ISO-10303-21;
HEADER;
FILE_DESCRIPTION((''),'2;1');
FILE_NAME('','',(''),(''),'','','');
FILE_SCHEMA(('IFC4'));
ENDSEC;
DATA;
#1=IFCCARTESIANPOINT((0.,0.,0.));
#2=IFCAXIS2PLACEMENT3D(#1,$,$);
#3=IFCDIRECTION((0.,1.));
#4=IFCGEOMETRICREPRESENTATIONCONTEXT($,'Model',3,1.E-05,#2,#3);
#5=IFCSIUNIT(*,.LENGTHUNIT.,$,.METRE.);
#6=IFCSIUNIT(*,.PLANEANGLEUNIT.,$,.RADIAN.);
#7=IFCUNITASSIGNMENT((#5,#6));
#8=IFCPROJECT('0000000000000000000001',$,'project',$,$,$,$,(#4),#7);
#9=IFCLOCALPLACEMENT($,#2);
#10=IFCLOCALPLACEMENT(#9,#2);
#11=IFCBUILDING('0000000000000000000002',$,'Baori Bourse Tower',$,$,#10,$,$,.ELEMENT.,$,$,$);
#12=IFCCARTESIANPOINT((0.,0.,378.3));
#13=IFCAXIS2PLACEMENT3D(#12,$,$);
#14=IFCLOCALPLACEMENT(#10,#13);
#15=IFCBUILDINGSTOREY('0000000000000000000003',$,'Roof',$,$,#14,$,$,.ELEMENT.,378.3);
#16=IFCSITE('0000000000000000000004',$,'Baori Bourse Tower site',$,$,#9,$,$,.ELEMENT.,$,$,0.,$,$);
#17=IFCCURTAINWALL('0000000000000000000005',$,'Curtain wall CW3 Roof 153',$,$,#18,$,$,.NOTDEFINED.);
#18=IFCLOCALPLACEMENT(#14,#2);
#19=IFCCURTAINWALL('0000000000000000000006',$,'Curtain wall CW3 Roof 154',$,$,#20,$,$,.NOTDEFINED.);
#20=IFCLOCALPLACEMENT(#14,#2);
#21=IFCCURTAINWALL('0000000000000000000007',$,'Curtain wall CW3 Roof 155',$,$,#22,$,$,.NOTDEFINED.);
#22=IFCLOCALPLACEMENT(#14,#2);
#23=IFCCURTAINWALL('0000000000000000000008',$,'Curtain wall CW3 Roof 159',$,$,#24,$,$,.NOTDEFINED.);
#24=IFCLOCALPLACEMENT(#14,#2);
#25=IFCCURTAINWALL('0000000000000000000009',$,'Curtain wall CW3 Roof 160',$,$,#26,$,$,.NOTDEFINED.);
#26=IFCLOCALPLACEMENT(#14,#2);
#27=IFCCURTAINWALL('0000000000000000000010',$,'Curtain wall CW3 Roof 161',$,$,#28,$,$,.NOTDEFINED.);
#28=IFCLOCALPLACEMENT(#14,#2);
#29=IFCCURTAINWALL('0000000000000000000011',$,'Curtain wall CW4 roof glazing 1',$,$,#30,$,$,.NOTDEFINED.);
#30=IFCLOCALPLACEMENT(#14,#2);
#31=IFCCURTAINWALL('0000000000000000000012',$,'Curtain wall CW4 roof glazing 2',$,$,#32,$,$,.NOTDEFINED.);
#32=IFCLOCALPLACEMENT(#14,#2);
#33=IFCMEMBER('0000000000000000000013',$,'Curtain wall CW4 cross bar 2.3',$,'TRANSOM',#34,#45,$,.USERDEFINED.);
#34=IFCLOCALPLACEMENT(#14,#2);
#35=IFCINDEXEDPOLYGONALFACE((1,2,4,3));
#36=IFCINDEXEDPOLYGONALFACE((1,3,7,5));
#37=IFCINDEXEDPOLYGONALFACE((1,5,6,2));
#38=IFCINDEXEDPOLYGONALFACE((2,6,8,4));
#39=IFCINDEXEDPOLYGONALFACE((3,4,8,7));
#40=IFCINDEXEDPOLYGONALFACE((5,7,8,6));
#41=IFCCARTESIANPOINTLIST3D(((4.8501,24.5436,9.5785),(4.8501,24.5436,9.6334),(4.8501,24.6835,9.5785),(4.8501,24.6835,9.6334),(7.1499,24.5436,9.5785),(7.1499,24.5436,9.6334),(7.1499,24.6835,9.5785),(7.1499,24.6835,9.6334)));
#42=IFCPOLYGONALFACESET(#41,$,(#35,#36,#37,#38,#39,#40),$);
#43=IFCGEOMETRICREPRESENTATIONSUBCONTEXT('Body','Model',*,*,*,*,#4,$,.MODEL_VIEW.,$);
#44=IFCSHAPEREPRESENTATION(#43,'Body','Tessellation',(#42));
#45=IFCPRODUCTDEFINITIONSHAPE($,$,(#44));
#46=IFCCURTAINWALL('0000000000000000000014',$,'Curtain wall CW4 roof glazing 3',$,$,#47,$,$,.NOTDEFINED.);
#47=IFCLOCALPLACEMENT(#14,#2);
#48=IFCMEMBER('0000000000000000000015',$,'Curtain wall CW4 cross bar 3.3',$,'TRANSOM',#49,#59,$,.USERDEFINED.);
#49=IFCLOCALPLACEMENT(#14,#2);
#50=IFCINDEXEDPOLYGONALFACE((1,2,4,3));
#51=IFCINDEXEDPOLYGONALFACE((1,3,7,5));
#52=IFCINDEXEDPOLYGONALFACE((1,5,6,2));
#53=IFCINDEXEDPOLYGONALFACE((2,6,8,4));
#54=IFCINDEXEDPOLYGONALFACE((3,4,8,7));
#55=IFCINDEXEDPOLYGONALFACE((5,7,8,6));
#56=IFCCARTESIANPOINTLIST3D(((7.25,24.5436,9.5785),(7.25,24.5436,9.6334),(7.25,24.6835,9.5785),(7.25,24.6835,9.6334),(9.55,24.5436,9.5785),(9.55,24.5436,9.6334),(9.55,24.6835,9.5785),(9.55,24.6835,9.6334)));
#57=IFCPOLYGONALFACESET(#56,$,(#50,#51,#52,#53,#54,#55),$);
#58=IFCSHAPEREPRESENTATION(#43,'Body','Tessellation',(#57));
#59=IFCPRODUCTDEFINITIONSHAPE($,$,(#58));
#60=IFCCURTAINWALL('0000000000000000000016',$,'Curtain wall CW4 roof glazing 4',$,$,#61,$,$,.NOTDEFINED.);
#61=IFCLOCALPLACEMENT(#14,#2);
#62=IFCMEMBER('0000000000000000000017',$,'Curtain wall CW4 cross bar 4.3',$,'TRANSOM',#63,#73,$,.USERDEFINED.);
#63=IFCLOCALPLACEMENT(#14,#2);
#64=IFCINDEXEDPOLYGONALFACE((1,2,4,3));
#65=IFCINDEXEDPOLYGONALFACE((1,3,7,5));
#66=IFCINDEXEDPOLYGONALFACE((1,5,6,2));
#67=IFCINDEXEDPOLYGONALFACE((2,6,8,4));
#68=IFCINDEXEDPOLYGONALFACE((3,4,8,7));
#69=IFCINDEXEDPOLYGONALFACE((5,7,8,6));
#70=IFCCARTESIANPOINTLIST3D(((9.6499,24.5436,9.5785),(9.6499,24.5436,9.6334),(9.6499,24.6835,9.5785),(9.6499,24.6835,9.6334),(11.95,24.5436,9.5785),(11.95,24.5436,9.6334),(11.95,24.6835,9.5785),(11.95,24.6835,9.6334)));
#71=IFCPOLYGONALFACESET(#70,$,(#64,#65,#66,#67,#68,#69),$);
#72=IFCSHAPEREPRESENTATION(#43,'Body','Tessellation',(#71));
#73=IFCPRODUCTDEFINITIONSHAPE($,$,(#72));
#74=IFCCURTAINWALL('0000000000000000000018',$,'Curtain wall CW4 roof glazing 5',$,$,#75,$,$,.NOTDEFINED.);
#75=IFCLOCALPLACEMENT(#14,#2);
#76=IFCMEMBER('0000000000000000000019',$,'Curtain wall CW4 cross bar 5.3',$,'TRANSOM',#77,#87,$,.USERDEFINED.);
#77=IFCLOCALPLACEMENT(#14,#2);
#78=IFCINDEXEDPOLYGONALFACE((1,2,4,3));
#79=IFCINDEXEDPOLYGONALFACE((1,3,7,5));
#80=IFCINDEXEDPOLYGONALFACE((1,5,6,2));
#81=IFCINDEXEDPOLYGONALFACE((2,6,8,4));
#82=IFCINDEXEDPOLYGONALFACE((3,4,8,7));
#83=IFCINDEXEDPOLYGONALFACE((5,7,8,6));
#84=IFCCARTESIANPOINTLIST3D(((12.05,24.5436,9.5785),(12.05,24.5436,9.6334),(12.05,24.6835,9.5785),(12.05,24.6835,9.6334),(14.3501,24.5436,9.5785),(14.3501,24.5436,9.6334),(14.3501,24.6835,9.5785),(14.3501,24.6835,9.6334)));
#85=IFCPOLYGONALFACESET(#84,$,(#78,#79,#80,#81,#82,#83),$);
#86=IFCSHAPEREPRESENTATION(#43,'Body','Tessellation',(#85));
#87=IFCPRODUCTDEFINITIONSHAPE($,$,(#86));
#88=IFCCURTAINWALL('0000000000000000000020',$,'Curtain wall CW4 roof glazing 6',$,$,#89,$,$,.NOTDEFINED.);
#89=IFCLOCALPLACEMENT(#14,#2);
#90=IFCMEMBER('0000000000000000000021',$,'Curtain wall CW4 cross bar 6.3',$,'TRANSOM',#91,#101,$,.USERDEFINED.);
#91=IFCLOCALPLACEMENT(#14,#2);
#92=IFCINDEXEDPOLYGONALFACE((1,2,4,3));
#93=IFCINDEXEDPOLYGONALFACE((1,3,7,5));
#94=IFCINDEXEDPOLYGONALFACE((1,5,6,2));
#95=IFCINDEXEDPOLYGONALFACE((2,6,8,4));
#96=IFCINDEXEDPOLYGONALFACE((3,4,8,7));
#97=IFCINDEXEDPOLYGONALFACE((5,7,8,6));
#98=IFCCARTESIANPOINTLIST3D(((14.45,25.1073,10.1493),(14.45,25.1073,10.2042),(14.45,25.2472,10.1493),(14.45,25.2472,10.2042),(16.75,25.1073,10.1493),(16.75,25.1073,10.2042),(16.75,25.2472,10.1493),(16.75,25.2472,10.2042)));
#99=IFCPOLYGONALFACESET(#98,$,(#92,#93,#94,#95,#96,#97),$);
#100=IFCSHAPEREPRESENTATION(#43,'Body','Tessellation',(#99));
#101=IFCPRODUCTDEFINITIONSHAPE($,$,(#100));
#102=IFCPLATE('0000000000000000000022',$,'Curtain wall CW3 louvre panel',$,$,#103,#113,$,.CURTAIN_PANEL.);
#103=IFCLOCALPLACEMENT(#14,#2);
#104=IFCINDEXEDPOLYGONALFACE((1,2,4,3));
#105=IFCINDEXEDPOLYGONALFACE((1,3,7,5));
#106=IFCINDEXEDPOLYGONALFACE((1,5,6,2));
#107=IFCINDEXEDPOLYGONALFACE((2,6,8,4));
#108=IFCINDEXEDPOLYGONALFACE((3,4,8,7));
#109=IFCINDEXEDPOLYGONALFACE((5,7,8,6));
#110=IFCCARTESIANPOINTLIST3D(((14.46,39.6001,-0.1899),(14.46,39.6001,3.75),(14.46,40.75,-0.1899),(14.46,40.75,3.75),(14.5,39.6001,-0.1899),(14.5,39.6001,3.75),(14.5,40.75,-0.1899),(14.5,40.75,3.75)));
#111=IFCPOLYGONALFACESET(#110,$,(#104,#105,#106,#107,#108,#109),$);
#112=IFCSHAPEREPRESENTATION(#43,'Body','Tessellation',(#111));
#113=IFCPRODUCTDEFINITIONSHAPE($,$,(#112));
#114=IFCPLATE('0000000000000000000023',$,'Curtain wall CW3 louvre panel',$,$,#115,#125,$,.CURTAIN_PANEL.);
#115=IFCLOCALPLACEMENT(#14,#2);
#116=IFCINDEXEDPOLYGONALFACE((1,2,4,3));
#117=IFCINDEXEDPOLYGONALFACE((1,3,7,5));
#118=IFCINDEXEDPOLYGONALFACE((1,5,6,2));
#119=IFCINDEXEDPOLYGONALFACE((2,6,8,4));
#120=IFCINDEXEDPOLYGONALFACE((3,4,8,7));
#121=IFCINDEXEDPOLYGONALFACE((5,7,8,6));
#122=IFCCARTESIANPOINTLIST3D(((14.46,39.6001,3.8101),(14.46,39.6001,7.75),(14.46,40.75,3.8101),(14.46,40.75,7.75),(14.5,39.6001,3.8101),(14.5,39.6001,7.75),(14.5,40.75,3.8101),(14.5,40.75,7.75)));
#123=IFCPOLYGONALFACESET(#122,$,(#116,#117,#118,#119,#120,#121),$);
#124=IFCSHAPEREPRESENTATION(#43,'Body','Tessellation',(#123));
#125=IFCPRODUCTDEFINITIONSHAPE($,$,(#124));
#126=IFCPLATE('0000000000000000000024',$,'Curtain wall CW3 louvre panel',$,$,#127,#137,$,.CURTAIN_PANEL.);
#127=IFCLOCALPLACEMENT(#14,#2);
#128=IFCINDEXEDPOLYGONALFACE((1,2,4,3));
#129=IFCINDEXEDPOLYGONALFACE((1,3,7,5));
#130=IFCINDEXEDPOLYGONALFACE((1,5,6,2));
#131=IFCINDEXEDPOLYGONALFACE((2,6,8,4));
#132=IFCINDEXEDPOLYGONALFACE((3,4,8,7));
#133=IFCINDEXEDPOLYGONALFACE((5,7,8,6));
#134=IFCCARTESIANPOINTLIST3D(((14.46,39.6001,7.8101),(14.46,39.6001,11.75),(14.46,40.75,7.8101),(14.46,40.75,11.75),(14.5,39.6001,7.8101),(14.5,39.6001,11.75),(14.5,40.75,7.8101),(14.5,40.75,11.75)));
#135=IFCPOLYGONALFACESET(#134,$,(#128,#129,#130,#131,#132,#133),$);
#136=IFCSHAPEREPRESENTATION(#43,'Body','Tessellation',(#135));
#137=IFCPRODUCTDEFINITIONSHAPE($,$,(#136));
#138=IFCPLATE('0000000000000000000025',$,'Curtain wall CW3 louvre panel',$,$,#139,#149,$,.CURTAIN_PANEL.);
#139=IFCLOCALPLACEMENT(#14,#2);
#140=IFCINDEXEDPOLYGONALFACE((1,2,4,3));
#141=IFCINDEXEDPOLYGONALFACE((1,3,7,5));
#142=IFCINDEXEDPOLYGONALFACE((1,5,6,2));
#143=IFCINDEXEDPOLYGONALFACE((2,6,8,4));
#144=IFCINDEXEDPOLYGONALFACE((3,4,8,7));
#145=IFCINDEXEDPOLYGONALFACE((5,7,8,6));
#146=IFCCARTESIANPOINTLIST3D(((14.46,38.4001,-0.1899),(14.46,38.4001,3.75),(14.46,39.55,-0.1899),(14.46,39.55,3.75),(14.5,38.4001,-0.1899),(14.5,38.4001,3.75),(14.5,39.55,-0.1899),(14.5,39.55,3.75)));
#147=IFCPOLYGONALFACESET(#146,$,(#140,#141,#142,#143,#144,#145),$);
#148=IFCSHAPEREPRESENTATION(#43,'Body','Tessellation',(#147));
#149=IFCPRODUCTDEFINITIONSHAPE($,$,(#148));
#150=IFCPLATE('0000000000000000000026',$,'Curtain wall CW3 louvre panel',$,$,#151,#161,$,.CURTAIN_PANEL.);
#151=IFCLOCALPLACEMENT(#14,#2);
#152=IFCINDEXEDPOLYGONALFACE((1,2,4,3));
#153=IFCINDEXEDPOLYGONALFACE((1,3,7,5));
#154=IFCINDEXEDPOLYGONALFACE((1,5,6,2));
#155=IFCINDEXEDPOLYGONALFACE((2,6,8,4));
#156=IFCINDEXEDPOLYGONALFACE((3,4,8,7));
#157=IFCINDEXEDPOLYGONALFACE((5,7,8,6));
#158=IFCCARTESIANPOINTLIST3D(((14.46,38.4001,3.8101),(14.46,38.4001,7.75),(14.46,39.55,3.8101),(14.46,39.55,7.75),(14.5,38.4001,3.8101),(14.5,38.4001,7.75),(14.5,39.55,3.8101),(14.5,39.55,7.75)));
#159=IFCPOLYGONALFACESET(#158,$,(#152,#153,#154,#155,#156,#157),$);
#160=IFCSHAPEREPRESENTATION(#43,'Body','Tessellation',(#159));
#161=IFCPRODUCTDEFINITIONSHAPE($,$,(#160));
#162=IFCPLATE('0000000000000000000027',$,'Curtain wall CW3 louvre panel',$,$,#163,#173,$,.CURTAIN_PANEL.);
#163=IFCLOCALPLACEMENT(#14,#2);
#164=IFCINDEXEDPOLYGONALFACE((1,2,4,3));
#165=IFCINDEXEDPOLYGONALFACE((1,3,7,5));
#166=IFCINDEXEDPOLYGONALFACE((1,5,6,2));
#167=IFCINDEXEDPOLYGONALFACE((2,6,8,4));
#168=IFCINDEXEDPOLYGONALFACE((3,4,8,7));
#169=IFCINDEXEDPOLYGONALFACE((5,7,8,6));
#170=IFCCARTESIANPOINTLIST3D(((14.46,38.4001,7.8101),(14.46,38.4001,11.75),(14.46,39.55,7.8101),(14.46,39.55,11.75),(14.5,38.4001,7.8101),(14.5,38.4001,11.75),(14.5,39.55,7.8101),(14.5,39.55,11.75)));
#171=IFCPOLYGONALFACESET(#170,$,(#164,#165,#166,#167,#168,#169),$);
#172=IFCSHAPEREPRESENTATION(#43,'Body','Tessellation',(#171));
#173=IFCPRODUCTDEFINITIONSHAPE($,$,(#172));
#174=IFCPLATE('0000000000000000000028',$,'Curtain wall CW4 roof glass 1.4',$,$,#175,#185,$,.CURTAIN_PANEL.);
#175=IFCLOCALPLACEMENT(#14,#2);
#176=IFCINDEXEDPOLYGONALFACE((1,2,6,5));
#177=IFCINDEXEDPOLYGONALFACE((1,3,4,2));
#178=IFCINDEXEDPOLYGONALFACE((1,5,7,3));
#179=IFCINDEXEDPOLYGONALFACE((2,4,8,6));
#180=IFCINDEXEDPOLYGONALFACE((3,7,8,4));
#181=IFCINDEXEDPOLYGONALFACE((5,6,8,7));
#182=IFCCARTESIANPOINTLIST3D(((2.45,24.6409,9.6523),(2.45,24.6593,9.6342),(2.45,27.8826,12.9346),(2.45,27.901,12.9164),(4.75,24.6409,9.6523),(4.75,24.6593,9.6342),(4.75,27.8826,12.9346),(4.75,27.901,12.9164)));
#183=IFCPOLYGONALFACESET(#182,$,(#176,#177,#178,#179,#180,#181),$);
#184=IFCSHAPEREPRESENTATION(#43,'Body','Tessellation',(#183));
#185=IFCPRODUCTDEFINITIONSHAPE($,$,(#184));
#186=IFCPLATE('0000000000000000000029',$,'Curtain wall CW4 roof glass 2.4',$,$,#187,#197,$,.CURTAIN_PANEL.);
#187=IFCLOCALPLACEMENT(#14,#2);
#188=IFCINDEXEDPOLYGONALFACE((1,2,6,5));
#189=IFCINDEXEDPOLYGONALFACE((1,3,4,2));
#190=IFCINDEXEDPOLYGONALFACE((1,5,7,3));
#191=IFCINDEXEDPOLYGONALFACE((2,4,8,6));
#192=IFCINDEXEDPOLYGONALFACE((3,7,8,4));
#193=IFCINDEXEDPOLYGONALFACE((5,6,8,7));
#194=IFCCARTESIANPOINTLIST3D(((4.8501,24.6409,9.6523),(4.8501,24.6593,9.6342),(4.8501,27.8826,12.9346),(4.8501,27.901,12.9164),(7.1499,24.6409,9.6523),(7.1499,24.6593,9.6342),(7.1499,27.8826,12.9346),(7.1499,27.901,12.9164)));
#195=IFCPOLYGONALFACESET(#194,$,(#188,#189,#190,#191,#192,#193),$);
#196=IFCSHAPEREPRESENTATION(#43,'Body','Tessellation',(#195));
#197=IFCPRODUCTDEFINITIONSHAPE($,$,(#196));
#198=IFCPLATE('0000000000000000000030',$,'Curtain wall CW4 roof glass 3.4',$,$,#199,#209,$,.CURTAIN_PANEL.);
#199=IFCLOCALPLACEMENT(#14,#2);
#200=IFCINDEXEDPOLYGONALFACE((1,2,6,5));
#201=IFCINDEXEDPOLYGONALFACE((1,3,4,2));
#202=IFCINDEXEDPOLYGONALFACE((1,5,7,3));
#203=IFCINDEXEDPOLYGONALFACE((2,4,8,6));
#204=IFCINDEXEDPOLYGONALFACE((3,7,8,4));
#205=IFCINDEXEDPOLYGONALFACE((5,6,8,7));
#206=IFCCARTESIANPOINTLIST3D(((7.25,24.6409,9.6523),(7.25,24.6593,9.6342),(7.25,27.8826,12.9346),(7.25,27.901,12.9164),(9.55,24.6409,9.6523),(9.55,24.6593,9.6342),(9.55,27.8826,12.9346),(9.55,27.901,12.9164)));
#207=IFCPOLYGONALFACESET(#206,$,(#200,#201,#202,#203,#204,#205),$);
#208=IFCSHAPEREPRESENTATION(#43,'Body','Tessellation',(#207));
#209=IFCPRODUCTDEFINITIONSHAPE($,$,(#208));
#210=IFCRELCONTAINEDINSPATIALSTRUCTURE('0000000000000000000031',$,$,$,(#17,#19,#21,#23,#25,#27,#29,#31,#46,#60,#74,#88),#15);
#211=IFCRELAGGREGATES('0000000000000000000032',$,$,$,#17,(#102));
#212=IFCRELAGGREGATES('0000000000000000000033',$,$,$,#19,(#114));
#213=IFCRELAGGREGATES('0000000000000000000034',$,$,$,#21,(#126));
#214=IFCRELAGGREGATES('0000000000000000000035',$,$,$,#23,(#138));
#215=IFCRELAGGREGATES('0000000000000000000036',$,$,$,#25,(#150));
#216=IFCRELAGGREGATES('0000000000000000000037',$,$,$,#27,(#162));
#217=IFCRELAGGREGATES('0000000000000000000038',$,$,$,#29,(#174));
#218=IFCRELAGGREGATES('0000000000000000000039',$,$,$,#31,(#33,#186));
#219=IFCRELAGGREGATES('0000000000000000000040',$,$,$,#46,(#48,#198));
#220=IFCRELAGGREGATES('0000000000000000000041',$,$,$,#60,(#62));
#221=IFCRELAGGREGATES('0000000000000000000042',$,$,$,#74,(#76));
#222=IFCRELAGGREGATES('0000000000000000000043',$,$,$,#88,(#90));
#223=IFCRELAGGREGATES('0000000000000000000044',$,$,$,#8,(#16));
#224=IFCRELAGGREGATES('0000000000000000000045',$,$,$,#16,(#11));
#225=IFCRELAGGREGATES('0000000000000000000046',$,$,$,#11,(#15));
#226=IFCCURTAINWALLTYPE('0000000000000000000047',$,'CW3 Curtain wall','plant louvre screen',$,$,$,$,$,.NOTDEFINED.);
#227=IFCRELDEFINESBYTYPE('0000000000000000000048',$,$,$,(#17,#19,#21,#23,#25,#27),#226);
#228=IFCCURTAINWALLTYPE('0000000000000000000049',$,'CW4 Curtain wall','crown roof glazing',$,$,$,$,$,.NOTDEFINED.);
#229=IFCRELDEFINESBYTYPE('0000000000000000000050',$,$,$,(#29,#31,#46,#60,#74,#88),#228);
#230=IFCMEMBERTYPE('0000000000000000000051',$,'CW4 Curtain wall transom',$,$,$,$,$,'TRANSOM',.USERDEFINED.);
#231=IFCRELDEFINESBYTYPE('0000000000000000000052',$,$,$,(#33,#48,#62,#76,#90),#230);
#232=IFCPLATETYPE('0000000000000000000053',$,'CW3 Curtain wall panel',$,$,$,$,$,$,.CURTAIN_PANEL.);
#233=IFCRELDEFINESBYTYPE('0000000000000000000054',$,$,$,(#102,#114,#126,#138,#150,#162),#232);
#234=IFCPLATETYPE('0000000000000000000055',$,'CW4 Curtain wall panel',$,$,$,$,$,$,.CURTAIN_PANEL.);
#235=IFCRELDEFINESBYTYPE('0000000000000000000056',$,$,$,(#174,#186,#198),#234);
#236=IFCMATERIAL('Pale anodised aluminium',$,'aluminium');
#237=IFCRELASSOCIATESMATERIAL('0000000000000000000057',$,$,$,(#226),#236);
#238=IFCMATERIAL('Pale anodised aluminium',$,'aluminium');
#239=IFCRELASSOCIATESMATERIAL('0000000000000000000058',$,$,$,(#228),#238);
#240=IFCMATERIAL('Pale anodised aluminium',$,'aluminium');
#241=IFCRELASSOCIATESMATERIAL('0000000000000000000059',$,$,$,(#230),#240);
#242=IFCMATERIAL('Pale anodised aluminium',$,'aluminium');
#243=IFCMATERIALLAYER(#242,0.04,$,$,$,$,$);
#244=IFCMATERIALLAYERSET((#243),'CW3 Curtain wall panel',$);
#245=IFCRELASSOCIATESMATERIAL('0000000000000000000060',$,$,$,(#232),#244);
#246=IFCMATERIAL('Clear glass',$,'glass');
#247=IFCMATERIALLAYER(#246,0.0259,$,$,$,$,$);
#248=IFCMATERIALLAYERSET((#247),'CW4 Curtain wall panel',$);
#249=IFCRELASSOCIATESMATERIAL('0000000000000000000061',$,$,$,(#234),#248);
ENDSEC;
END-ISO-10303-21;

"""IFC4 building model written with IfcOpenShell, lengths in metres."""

from ifc_helpers import new_model, si_unit, direction, frame, origin, origin_2d, place, context, subcontext, project, spatial, polyline, rectangle, outline, extrude, material, layer, layer_set, material_profile, profile_set, type_object, element, aggregate, save


model = new_model("IFC4")

# Units and contexts
model_context = context("Model", 3, precision=1e-05, world=origin(), true_north=direction((0.0, 1.0)))
body_context = subcontext(model_context, "Body", "Model", "MODEL_VIEW")
ifc_project = project(units=[si_unit("LENGTHUNIT", "METRE"), si_unit("PLANEANGLEUNIT", "RADIAN")], contexts=[model_context])

# Site, building, storey
site_placement = place(None, origin())
site = spatial("IfcSite", under=ifc_project, at=site_placement, Name="Baori Bourse Tower site", CompositionType="ELEMENT", RefElevation=0.0)
building_placement = place(site_placement, origin())
building = spatial("IfcBuilding", under=site, at=building_placement, Name="Baori Bourse Tower", CompositionType="ELEMENT")
storey_placement = place(building_placement, frame((0.0, 0.0, 378.3)))
storey = spatial("IfcBuildingStorey", under=building, at=storey_placement, Name="Roof", CompositionType="ELEMENT", Elevation=378.3)

# Curtain walls
ifc_material_1 = material(Name="Pale anodised aluminium", Category="aluminium")
curtain_wall_type_1 = type_object("IfcCurtainWallType", Name="CW3 Curtain wall", Description="plant louvre screen", PredefinedType="NOTDEFINED", material=ifc_material_1)
curtain_wall_1_placement = place(storey_placement, origin())
curtain_wall_1 = element("IfcCurtainWall", 1, at=curtain_wall_1_placement, inside=storey, type_object=curtain_wall_type_1, Name="Curtain wall CW3 Roof 153", PredefinedType="NOTDEFINED")
curtain_wall_2_placement = place(storey_placement, origin())
curtain_wall_2 = element("IfcCurtainWall", 2, at=curtain_wall_2_placement, inside=storey, type_object=curtain_wall_type_1, Name="Curtain wall CW3 Roof 154", PredefinedType="NOTDEFINED")
curtain_wall_3_placement = place(storey_placement, origin())
curtain_wall_3 = element("IfcCurtainWall", 3, at=curtain_wall_3_placement, inside=storey, type_object=curtain_wall_type_1, Name="Curtain wall CW3 Roof 155", PredefinedType="NOTDEFINED")
curtain_wall_4_placement = place(storey_placement, origin())
curtain_wall_4 = element("IfcCurtainWall", 4, at=curtain_wall_4_placement, inside=storey, type_object=curtain_wall_type_1, Name="Curtain wall CW3 Roof 159", PredefinedType="NOTDEFINED")
curtain_wall_5_placement = place(storey_placement, origin())
curtain_wall_5 = element("IfcCurtainWall", 5, at=curtain_wall_5_placement, inside=storey, type_object=curtain_wall_type_1, Name="Curtain wall CW3 Roof 160", PredefinedType="NOTDEFINED")
curtain_wall_6_placement = place(storey_placement, origin())
curtain_wall_6 = element("IfcCurtainWall", 6, at=curtain_wall_6_placement, inside=storey, type_object=curtain_wall_type_1, Name="Curtain wall CW3 Roof 161", PredefinedType="NOTDEFINED")

# Curtain walls, members
ifc_material_2 = material(Name="Pale anodised aluminium", Category="aluminium")
curtain_wall_type_2 = type_object("IfcCurtainWallType", Name="CW4 Curtain wall", Description="crown roof glazing", PredefinedType="NOTDEFINED", material=ifc_material_2)
curtain_wall_7_placement = place(storey_placement, origin())
curtain_wall_7 = element("IfcCurtainWall", 7, at=curtain_wall_7_placement, inside=storey, type_object=curtain_wall_type_2, Name="Curtain wall CW4 roof glazing 1", PredefinedType="NOTDEFINED")
ifc_material_3 = material(Name="Pale anodised aluminium", Category="aluminium")
ifc_material_profile_1 = material_profile(ifc_material_3, rectangle(XDim=0.1399, YDim=0.0549, at=origin_2d()), Name="Transom 55x140")
ifc_profile_set_1 = profile_set([ifc_material_profile_1], Name="Pale anodised aluminium")
member_type_1 = type_object("IfcMemberType", Name="CW4 Curtain wall transom", ElementType="TRANSOM", PredefinedType="USERDEFINED", material=ifc_profile_set_1)
curtain_wall_8_placement = place(storey_placement, origin())
curtain_wall_8 = element("IfcCurtainWall", 8, at=curtain_wall_8_placement, inside=storey, type_object=curtain_wall_type_2, Name="Curtain wall CW4 roof glazing 2", PredefinedType="NOTDEFINED")
member_1_placement = place(storey_placement, frame((4.8501, 24.6135, 9.606), z_axis=(1.0, 0.0, 0.0), x_axis=(0.0, 1.0, 0.0)))
member_1 = element("IfcMember", 9, at=member_1_placement, type_object=member_type_1, Name="Curtain wall CW4 cross bar 2.3", ObjectType="TRANSOM", PredefinedType="USERDEFINED", context=body_context, shape_type="SweptSolid", body=[
    extrude(rectangle(XDim=0.1399, YDim=0.0549, at=origin_2d()), origin(), (0.0, 0.0, 1.0), 2.2998),
])
curtain_wall_9_placement = place(storey_placement, origin())
curtain_wall_9 = element("IfcCurtainWall", 10, at=curtain_wall_9_placement, inside=storey, type_object=curtain_wall_type_2, Name="Curtain wall CW4 roof glazing 3", PredefinedType="NOTDEFINED")
member_2_placement = place(storey_placement, frame((7.25, 24.6135, 9.606), z_axis=(1.0, 0.0, 0.0), x_axis=(0.0, 1.0, 0.0)))
member_2 = element("IfcMember", 11, at=member_2_placement, type_object=member_type_1, Name="Curtain wall CW4 cross bar 3.3", ObjectType="TRANSOM", PredefinedType="USERDEFINED", context=body_context, shape_type="SweptSolid", body=[
    extrude(rectangle(XDim=0.1399, YDim=0.0549, at=origin_2d()), origin(), (0.0, 0.0, 1.0), 2.3),
])
curtain_wall_10_placement = place(storey_placement, origin())
curtain_wall_10 = element("IfcCurtainWall", 12, at=curtain_wall_10_placement, inside=storey, type_object=curtain_wall_type_2, Name="Curtain wall CW4 roof glazing 4", PredefinedType="NOTDEFINED")
member_3_placement = place(storey_placement, frame((9.6499, 24.6135, 9.606), z_axis=(1.0, 0.0, 0.0), x_axis=(0.0, 1.0, 0.0)))
member_3 = element("IfcMember", 13, at=member_3_placement, type_object=member_type_1, Name="Curtain wall CW4 cross bar 4.3", ObjectType="TRANSOM", PredefinedType="USERDEFINED", context=body_context, shape_type="SweptSolid", body=[
    extrude(rectangle(XDim=0.1399, YDim=0.0549, at=origin_2d()), origin(), (0.0, 0.0, 1.0), 2.3),
])
curtain_wall_11_placement = place(storey_placement, origin())
curtain_wall_11 = element("IfcCurtainWall", 14, at=curtain_wall_11_placement, inside=storey, type_object=curtain_wall_type_2, Name="Curtain wall CW4 roof glazing 5", PredefinedType="NOTDEFINED")
member_4_placement = place(storey_placement, frame((12.05, 24.6135, 9.606), z_axis=(1.0, 0.0, 0.0), x_axis=(0.0, 1.0, 0.0)))
member_4 = element("IfcMember", 15, at=member_4_placement, type_object=member_type_1, Name="Curtain wall CW4 cross bar 5.3", ObjectType="TRANSOM", PredefinedType="USERDEFINED", context=body_context, shape_type="SweptSolid", body=[
    extrude(rectangle(XDim=0.1399, YDim=0.0549, at=origin_2d()), origin(), (0.0, 0.0, 1.0), 2.3),
])
curtain_wall_12_placement = place(storey_placement, origin())
curtain_wall_12 = element("IfcCurtainWall", 16, at=curtain_wall_12_placement, inside=storey, type_object=curtain_wall_type_2, Name="Curtain wall CW4 roof glazing 6", PredefinedType="NOTDEFINED")
member_5_placement = place(storey_placement, frame((14.45, 25.1772, 10.1768), z_axis=(1.0, 0.0, 0.0), x_axis=(0.0, 1.0, 0.0)))
member_5 = element("IfcMember", 17, at=member_5_placement, type_object=member_type_1, Name="Curtain wall CW4 cross bar 6.3", ObjectType="TRANSOM", PredefinedType="USERDEFINED", context=body_context, shape_type="SweptSolid", body=[
    extrude(rectangle(XDim=0.1399, YDim=0.0549, at=origin_2d()), origin(), (0.0, 0.0, 1.0), 2.3),
])

# Plates
ifc_material_4 = material(Name="Pale anodised aluminium", Category="aluminium")
ifc_layer_1 = layer(ifc_material_4, 0.04)
ifc_layer_set_1 = layer_set([ifc_layer_1], Name="CW3 Curtain wall panel")
plate_type_1 = type_object("IfcPlateType", Name="CW3 Curtain wall panel", PredefinedType="CURTAIN_PANEL", material=ifc_layer_set_1)
plate_1_placement = place(storey_placement, frame((14.48, 40.175, -0.1899), z_axis=(0.0, 0.0, 1.0), x_axis=(0.0, -1.0, 0.0)))
plate_1 = element("IfcPlate", 18, at=plate_1_placement, type_object=plate_type_1, Name="Curtain wall CW3 louvre panel", PredefinedType="CURTAIN_PANEL", context=body_context, shape_type="SweptSolid", body=[
    extrude(rectangle(XDim=1.1499, YDim=0.04, at=origin_2d()), origin(), (0.0, 0.0, 1.0), 3.9399),
])
aggregate(curtain_wall_1, [plate_1])
plate_2_placement = place(storey_placement, frame((14.48, 40.175, 3.8101), z_axis=(0.0, 0.0, 1.0), x_axis=(0.0, -1.0, 0.0)))
plate_2 = element("IfcPlate", 19, at=plate_2_placement, type_object=plate_type_1, Name="Curtain wall CW3 louvre panel", PredefinedType="CURTAIN_PANEL", context=body_context, shape_type="SweptSolid", body=[
    extrude(rectangle(XDim=1.1499, YDim=0.04, at=origin_2d()), origin(), (0.0, 0.0, 1.0), 3.9399),
])
aggregate(curtain_wall_2, [plate_2])
plate_3_placement = place(storey_placement, frame((14.48, 40.175, 7.8101), z_axis=(0.0, 0.0, 1.0), x_axis=(0.0, -1.0, 0.0)))
plate_3 = element("IfcPlate", 20, at=plate_3_placement, type_object=plate_type_1, Name="Curtain wall CW3 louvre panel", PredefinedType="CURTAIN_PANEL", context=body_context, shape_type="SweptSolid", body=[
    extrude(rectangle(XDim=1.1499, YDim=0.04, at=origin_2d()), origin(), (0.0, 0.0, 1.0), 3.9399),
])
aggregate(curtain_wall_3, [plate_3])
plate_4_placement = place(storey_placement, frame((14.48, 38.9751, -0.1899), z_axis=(0.0, 0.0, 1.0), x_axis=(0.0, -1.0, 0.0)))
plate_4 = element("IfcPlate", 21, at=plate_4_placement, type_object=plate_type_1, Name="Curtain wall CW3 louvre panel", PredefinedType="CURTAIN_PANEL", context=body_context, shape_type="SweptSolid", body=[
    extrude(rectangle(XDim=1.1499, YDim=0.04, at=origin_2d()), origin(), (0.0, 0.0, 1.0), 3.9399),
])
aggregate(curtain_wall_4, [plate_4])
plate_5_placement = place(storey_placement, frame((14.48, 38.9751, 3.8101), z_axis=(0.0, 0.0, 1.0), x_axis=(0.0, -1.0, 0.0)))
plate_5 = element("IfcPlate", 22, at=plate_5_placement, type_object=plate_type_1, Name="Curtain wall CW3 louvre panel", PredefinedType="CURTAIN_PANEL", context=body_context, shape_type="SweptSolid", body=[
    extrude(rectangle(XDim=1.1499, YDim=0.04, at=origin_2d()), origin(), (0.0, 0.0, 1.0), 3.9399),
])
aggregate(curtain_wall_5, [plate_5])
plate_6_placement = place(storey_placement, frame((14.48, 38.9751, 7.8101), z_axis=(0.0, 0.0, 1.0), x_axis=(0.0, -1.0, 0.0)))
plate_6 = element("IfcPlate", 23, at=plate_6_placement, type_object=plate_type_1, Name="Curtain wall CW3 louvre panel", PredefinedType="CURTAIN_PANEL", context=body_context, shape_type="SweptSolid", body=[
    extrude(rectangle(XDim=1.1499, YDim=0.04, at=origin_2d()), origin(), (0.0, 0.0, 1.0), 3.9399),
])
aggregate(curtain_wall_6, [plate_6])
ifc_material_5 = material(Name="Clear glass", Category="glass")
ifc_layer_2 = layer(ifc_material_5, 0.0259)
ifc_layer_set_2 = layer_set([ifc_layer_2], Name="CW4 Curtain wall panel")
plate_type_2 = type_object("IfcPlateType", Name="CW4 Curtain wall panel", PredefinedType="CURTAIN_PANEL", material=ifc_layer_set_2)
plate_7_placement = place(storey_placement, frame((2.45, 24.6409, 9.6523), z_axis=(0.0, -0.711486, 0.702701), x_axis=(1.0, 0.0, 0.0)))
plate_7 = element("IfcPlate", 24, at=plate_7_placement, type_object=plate_type_2, Name="Curtain wall CW4 roof glass 1.4", PredefinedType="CURTAIN_PANEL", context=body_context, shape_type="SweptSolid", body=[
    extrude(outline(polyline([(0.0, 0.0), (2.3, 0.0), (2.3, 4.6132), (0.0, 4.6132), (0.0, 0.0)])), origin(), (0.0, 0.0, -1.0), 0.0259),
])
aggregate(curtain_wall_7, [plate_7])
plate_8_placement = place(storey_placement, frame((4.8501, 24.6409, 9.6523), z_axis=(0.0, -0.711486, 0.702701), x_axis=(1.0, 0.0, 0.0)))
plate_8 = element("IfcPlate", 25, at=plate_8_placement, type_object=plate_type_2, Name="Curtain wall CW4 roof glass 2.4", PredefinedType="CURTAIN_PANEL", context=body_context, shape_type="SweptSolid", body=[
    extrude(outline(polyline([(0.0, 0.0), (2.2998, 0.0), (2.2998, 4.6132), (0.0, 4.6132), (0.0, 0.0)])), origin(), (0.0, 0.0, -1.0), 0.0259),
])
aggregate(curtain_wall_8, [member_1, plate_8])
plate_9_placement = place(storey_placement, frame((7.25, 24.6409, 9.6523), z_axis=(0.0, -0.711486, 0.702701), x_axis=(1.0, 0.0, 0.0)))
plate_9 = element("IfcPlate", 26, at=plate_9_placement, type_object=plate_type_2, Name="Curtain wall CW4 roof glass 3.4", PredefinedType="CURTAIN_PANEL", context=body_context, shape_type="SweptSolid", body=[
    extrude(outline(polyline([(0.0, 0.0), (2.3, 0.0), (2.3, 4.6132), (0.0, 4.6132), (0.0, 0.0)])), origin(), (0.0, 0.0, -1.0), 0.0259),
])
aggregate(curtain_wall_9, [member_2, plate_9])
aggregate(curtain_wall_10, [member_3])
aggregate(curtain_wall_11, [member_4])
aggregate(curtain_wall_12, [member_5])

save(model, "model.ifc")
